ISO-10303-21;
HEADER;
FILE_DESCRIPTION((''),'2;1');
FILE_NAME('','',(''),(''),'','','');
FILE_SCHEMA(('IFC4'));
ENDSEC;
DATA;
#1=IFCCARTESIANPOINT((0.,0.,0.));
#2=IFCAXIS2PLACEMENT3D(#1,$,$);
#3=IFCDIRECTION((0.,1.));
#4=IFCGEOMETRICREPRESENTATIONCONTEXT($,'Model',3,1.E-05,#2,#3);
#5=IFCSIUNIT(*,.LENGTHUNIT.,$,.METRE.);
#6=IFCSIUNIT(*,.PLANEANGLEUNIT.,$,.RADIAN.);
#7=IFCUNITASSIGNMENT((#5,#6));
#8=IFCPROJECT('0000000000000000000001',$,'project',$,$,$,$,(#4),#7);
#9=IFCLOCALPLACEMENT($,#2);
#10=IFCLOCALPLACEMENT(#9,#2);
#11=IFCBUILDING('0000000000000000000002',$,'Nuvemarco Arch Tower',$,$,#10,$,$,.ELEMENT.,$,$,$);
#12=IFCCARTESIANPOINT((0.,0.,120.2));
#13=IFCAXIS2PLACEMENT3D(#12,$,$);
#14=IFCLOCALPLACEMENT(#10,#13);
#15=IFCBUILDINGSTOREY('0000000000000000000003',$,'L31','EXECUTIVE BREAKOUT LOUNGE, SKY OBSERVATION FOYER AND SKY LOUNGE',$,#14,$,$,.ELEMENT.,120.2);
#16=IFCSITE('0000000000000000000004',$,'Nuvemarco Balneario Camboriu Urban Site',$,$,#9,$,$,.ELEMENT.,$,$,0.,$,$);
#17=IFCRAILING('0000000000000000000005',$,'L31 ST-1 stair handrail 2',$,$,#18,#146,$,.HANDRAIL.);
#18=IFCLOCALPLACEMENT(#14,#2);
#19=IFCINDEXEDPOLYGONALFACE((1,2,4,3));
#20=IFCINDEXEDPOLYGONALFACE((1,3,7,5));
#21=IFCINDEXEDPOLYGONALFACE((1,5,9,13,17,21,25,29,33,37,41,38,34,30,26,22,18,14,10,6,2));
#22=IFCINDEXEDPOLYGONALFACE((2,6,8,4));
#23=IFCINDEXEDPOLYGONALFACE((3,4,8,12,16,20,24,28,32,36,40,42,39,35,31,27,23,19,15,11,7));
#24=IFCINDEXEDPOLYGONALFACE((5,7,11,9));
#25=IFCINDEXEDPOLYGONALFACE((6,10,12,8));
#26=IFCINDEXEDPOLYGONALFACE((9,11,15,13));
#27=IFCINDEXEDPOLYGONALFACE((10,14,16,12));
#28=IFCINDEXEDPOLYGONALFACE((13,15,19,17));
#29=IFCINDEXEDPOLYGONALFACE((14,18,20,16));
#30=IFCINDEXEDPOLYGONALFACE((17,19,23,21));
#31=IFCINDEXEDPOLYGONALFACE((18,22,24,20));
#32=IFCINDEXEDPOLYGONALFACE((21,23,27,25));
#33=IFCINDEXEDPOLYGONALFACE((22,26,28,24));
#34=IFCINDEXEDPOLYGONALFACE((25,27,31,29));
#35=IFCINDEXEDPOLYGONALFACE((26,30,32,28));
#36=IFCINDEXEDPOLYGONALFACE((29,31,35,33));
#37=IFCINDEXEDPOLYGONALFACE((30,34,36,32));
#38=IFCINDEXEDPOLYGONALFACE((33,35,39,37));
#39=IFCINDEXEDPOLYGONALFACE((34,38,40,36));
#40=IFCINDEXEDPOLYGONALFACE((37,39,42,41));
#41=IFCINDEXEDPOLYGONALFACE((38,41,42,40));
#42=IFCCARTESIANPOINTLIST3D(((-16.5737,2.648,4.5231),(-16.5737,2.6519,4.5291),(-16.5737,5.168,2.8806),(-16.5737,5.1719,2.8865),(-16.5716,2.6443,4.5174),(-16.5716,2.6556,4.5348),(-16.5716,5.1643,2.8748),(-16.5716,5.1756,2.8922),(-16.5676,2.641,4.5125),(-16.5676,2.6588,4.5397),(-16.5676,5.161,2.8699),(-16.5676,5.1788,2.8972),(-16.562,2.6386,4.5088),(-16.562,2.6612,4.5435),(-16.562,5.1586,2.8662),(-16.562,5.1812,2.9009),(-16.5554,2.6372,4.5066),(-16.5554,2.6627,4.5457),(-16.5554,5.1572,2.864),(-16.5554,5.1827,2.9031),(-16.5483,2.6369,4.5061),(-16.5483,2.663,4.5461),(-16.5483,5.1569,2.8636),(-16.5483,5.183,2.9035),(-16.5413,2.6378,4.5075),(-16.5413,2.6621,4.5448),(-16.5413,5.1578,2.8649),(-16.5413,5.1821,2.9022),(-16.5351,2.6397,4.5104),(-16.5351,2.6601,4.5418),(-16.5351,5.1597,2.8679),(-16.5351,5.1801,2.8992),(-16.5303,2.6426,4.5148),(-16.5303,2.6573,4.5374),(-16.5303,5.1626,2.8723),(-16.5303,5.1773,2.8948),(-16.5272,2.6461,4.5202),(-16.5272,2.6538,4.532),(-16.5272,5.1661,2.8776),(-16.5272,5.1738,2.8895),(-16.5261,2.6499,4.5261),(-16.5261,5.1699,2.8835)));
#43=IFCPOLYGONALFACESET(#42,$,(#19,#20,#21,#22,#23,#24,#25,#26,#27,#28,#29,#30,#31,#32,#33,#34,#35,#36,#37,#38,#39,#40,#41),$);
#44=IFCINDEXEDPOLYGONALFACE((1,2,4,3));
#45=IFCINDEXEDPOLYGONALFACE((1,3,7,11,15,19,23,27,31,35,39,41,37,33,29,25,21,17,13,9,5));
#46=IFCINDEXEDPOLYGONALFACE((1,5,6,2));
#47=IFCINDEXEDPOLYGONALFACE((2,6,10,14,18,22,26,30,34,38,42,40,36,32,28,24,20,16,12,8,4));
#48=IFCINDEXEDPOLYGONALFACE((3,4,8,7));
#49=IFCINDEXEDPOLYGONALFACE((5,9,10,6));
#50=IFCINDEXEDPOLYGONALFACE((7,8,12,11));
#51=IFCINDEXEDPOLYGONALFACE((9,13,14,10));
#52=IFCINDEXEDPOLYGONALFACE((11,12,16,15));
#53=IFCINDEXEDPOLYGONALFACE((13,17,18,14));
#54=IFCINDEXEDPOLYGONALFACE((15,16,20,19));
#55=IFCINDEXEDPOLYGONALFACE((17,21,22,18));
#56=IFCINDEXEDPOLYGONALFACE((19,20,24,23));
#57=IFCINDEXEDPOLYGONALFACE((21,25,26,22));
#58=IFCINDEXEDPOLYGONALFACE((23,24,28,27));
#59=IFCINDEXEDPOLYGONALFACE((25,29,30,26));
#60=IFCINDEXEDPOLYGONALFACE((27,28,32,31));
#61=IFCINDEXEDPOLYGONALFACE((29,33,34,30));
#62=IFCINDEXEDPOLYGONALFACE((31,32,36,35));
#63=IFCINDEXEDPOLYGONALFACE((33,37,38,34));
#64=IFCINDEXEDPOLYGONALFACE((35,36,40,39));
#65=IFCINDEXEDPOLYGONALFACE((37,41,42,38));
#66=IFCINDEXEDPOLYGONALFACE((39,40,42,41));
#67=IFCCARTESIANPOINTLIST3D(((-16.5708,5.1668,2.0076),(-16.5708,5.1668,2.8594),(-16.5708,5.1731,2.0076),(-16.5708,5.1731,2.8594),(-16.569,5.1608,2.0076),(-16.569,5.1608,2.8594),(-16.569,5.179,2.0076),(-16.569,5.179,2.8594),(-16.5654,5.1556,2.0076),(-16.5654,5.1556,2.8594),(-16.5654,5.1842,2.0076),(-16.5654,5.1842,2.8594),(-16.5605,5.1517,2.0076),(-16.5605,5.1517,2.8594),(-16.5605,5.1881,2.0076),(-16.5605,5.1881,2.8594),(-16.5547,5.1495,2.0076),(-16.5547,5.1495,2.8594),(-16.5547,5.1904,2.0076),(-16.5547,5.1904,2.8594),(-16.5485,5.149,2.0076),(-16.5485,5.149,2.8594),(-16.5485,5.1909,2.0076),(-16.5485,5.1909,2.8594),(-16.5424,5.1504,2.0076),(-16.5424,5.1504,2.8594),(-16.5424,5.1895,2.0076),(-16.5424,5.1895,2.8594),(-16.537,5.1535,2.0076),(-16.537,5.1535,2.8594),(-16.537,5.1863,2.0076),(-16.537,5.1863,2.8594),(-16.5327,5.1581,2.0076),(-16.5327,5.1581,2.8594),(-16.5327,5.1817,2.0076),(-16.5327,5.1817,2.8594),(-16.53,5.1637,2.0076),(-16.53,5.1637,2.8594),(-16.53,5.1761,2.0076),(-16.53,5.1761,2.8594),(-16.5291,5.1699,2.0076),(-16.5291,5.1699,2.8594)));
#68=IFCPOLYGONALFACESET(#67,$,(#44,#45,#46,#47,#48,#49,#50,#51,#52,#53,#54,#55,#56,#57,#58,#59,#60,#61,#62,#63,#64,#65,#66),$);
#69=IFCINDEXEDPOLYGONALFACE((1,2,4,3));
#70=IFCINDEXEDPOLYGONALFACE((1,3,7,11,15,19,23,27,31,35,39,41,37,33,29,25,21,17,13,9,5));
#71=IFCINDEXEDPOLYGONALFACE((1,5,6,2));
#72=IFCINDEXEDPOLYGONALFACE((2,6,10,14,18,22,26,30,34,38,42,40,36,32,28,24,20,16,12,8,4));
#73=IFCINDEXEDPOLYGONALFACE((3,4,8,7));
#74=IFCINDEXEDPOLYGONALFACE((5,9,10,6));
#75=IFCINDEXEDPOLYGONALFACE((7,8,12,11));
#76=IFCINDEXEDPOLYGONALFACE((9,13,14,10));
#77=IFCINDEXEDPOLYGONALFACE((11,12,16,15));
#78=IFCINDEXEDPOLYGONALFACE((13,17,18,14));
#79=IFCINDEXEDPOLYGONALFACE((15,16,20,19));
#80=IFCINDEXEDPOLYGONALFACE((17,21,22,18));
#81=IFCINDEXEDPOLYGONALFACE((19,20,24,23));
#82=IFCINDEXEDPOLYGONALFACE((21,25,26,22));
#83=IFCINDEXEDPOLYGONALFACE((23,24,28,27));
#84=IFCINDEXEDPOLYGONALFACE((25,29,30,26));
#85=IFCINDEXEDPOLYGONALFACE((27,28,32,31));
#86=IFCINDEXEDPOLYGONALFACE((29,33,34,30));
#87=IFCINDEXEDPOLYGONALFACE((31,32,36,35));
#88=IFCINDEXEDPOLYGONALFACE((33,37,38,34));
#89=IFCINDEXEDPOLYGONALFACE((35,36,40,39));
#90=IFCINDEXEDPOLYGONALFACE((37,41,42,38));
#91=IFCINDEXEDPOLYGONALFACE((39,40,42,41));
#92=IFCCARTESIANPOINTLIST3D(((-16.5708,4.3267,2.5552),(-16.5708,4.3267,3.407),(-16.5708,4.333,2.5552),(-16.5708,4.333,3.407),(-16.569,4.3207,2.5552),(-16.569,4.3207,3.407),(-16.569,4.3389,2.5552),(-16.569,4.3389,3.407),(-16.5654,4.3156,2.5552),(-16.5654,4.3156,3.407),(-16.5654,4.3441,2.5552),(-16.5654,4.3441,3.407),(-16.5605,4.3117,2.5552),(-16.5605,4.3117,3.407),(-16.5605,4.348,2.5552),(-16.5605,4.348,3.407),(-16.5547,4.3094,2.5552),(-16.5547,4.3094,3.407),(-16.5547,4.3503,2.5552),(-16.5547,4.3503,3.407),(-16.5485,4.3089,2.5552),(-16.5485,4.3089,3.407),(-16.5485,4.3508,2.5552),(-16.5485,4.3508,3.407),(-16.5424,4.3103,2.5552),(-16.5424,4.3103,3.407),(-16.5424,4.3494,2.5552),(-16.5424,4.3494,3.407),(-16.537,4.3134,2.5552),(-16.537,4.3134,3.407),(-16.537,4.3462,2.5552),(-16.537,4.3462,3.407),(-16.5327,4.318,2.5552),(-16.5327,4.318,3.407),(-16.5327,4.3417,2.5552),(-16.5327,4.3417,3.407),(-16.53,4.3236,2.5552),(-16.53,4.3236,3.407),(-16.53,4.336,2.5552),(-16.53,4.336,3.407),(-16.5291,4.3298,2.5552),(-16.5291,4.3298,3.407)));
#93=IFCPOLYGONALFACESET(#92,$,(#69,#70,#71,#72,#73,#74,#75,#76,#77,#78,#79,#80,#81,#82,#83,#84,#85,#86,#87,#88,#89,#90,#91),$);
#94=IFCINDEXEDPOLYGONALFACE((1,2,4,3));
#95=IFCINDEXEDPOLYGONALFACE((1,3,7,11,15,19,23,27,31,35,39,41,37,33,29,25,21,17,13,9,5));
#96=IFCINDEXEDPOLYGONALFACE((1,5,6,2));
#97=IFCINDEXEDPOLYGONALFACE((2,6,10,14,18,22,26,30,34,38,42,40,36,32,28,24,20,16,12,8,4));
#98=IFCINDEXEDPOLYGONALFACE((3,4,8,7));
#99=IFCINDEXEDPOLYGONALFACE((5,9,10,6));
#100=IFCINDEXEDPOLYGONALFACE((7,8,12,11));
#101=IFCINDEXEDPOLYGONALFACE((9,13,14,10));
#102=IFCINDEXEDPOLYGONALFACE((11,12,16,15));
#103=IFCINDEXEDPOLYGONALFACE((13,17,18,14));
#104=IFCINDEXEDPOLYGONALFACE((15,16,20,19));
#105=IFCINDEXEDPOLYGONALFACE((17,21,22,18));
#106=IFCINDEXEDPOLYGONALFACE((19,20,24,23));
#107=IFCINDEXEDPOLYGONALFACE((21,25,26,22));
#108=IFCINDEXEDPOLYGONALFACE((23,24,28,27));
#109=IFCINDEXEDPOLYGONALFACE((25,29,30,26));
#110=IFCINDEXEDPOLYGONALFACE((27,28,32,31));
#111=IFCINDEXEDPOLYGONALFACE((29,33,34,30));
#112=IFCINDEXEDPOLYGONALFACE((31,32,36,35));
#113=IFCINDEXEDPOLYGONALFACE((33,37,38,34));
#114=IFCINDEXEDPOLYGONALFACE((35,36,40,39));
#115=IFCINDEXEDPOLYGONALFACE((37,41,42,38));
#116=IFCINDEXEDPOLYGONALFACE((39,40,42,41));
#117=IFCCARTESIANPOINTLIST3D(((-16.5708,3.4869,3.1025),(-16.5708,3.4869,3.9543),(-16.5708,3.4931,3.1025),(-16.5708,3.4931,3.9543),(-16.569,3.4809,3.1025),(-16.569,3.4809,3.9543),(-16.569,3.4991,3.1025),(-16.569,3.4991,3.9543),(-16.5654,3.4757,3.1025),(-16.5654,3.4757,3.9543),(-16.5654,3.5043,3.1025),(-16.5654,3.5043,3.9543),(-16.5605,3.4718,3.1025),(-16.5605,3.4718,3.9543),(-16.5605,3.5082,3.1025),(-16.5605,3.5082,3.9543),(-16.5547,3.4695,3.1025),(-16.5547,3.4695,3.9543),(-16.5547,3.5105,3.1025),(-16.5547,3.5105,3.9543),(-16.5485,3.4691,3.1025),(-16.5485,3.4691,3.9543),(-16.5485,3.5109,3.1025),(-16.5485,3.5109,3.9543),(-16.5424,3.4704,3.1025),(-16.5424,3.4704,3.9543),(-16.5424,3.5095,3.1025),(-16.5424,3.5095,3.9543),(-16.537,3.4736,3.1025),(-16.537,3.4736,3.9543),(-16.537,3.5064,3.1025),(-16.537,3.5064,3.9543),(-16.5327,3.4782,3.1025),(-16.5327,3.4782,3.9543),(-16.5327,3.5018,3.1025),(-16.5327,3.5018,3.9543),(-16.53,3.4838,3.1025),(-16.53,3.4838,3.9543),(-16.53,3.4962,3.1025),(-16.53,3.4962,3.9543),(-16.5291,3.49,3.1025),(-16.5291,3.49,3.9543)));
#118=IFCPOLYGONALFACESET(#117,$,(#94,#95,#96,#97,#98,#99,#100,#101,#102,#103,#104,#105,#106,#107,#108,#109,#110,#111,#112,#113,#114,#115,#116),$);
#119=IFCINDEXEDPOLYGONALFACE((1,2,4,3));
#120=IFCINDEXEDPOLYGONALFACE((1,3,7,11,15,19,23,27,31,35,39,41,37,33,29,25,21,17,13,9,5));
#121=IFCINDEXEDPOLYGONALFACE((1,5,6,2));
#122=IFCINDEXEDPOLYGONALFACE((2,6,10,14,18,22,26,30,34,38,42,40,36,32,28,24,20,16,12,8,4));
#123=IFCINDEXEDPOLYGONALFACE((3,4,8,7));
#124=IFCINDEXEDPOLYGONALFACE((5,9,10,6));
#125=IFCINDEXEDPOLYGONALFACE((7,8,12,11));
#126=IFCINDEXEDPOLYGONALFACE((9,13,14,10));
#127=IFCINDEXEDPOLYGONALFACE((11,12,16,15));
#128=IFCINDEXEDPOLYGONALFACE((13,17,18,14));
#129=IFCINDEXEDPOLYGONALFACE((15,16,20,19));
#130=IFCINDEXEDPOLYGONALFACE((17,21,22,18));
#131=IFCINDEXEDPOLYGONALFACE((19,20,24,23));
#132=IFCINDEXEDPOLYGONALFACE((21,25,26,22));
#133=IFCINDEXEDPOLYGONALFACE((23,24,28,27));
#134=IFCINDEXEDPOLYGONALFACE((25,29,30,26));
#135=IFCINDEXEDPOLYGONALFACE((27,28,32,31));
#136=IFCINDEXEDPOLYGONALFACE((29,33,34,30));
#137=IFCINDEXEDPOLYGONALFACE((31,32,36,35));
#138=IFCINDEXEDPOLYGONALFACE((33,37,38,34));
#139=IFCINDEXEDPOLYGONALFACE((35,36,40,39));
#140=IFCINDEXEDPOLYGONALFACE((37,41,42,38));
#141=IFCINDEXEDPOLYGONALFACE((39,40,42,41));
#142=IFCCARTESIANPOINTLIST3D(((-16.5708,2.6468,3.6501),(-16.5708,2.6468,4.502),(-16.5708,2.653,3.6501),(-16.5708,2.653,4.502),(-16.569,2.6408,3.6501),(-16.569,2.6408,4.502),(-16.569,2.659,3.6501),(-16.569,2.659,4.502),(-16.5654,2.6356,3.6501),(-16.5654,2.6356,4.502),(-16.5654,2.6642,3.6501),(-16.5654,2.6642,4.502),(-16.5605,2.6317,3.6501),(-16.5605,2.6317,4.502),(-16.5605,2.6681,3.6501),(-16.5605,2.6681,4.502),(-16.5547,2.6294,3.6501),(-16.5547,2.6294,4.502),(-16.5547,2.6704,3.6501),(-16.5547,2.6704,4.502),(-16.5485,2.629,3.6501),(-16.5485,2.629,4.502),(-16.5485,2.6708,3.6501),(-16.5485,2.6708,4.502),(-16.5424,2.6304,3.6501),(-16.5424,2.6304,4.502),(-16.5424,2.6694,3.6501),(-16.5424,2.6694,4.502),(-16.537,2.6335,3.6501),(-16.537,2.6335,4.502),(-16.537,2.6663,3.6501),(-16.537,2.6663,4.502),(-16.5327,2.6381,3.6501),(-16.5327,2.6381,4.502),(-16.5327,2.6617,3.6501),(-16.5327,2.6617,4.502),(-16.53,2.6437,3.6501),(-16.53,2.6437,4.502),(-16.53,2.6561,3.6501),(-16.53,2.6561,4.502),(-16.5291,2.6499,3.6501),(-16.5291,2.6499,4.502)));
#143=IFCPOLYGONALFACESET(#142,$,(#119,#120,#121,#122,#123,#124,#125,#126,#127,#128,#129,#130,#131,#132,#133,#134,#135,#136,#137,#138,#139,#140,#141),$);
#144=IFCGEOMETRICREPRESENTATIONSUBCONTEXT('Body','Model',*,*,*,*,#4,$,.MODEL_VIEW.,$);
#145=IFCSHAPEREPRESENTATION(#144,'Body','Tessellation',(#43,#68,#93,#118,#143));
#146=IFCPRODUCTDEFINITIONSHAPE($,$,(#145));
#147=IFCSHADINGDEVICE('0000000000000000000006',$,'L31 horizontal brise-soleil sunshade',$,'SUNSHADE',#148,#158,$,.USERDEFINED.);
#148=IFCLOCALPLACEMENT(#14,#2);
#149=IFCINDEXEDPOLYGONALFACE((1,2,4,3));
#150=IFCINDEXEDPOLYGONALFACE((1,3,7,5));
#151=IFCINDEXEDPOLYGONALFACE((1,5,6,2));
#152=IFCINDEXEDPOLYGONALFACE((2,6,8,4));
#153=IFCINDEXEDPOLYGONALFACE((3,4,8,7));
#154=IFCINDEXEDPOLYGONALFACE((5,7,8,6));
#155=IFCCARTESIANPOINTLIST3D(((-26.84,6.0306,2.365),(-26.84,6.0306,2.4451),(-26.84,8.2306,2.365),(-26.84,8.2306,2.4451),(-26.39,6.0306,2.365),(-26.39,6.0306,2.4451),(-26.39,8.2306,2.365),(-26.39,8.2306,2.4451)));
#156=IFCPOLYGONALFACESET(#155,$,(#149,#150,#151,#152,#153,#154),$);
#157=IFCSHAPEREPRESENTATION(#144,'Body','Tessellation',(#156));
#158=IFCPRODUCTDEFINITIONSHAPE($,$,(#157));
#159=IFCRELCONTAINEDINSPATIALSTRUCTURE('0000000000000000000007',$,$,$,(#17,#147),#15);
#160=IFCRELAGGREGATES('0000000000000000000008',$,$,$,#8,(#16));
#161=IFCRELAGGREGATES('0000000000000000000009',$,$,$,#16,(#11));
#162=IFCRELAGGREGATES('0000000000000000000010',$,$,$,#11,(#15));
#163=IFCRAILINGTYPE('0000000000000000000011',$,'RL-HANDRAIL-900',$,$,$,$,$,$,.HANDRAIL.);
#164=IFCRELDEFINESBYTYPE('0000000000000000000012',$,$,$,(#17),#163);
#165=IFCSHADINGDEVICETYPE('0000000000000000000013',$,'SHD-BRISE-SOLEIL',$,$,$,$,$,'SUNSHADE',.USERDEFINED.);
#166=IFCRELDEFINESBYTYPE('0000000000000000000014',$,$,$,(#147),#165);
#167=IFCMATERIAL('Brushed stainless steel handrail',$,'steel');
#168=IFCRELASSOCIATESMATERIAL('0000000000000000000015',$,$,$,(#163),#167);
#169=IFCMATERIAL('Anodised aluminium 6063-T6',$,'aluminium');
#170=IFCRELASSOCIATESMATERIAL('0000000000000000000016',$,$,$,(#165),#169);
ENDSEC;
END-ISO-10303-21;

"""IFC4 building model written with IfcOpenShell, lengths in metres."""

from ifc_helpers import new_model, si_unit, direction, frame, origin, origin_2d, place, context, subcontext, project, spatial, rectangle, circle, extrude, source, transform, mapped, material, type_object, type_shapes, element, save


model = new_model("IFC4")

# Units and contexts
model_context = context("Model", 3, precision=1e-05, world=origin(), true_north=direction((0.0, 1.0)))
body_context = subcontext(model_context, "Body", "Model", "MODEL_VIEW")
ifc_project = project(units=[si_unit("LENGTHUNIT", "METRE"), si_unit("PLANEANGLEUNIT", "RADIAN")], contexts=[model_context])

# Site, building, storey
site_placement = place(None, origin())
site = spatial("IfcSite", under=ifc_project, at=site_placement, Name="Nuvemarco Balneario Camboriu Urban Site", CompositionType="ELEMENT", RefElevation=0.0)
building_placement = place(site_placement, origin())
building = spatial("IfcBuilding", under=site, at=building_placement, Name="Nuvemarco Arch Tower", CompositionType="ELEMENT")
storey_placement = place(building_placement, frame((0.0, 0.0, 120.2)))
storey = spatial("IfcBuildingStorey", under=building, at=storey_placement, Name="L31", Description="EXECUTIVE BREAKOUT LOUNGE, SKY OBSERVATION FOYER AND SKY LOUNGE", CompositionType="ELEMENT", Elevation=120.2)

# Railing
ifc_material_1 = material(Name="Brushed stainless steel handrail", Category="steel")
railing_type = type_object("IfcRailingType", Name="RL-HANDRAIL-900", PredefinedType="HANDRAIL", material=ifc_material_1)
railing_placement = place(storey_placement, frame((-16.55, 5.1699, 2.0076)))
element("IfcRailing", 1, at=railing_placement, inside=storey, type_object=railing_type, Name="L31 ST-1 stair handrail 2", PredefinedType="HANDRAIL", context=body_context, shape_type="SweptSolid", body=[
    extrude(circle(Radius=0.0239, at=origin_2d()), frame((0.0, 0.0, 0.876), z_axis=(0.0, -0.837749, 0.546055), x_axis=(1.0, 0.0, 0.0)), (0.0, 0.0, 1.0), 3.0081),
    extrude(circle(Radius=0.021, at=origin_2d()), origin(), (0.0, 0.0, 1.0), 0.8518),
    extrude(circle(Radius=0.021, at=origin_2d()), frame((0.0, -0.8401, 0.5476)), (0.0, 0.0, 1.0), 0.8518),
    extrude(circle(Radius=0.021, at=origin_2d()), frame((0.0, -1.6799, 1.095)), (0.0, 0.0, 1.0), 0.8518),
    extrude(circle(Radius=0.021, at=origin_2d()), frame((0.0, -2.52, 1.6426)), (0.0, 0.0, 1.0), 0.8518),
])

# Shading device
ifc_material_2 = material(Name="Anodised aluminium 6063-T6", Category="aluminium")
shading_device_type = type_object("IfcShadingDeviceType", Name="SHD-BRISE-SOLEIL", ElementType="SUNSHADE", PredefinedType="USERDEFINED", material=ifc_material_2)
shared_shape_1 = source(origin(), body_context, "Body", "SweptSolid", [
    extrude(rectangle(XDim=2.2, YDim=0.45, at=origin_2d()), origin(), (0.0, 0.0, 1.0), 0.0801),
])
type_shapes(shading_device_type, [shared_shape_1])
shading_device_placement = place(storey_placement, frame((-26.615, 7.1306, 2.365), z_axis=(0.0, 0.0, 1.0), x_axis=(0.0, 1.0, 0.0)))
element("IfcShadingDevice", 2, at=shading_device_placement, inside=storey, type_object=shading_device_type, Name="L31 horizontal brise-soleil sunshade", ObjectType="SUNSHADE", PredefinedType="USERDEFINED", context=body_context, shape_type="MappedRepresentation", body=[
    mapped(shared_shape_1, transform((0.0, 0.0, 0.0), scale=1.0)),
])

save(model, "model.ifc")
